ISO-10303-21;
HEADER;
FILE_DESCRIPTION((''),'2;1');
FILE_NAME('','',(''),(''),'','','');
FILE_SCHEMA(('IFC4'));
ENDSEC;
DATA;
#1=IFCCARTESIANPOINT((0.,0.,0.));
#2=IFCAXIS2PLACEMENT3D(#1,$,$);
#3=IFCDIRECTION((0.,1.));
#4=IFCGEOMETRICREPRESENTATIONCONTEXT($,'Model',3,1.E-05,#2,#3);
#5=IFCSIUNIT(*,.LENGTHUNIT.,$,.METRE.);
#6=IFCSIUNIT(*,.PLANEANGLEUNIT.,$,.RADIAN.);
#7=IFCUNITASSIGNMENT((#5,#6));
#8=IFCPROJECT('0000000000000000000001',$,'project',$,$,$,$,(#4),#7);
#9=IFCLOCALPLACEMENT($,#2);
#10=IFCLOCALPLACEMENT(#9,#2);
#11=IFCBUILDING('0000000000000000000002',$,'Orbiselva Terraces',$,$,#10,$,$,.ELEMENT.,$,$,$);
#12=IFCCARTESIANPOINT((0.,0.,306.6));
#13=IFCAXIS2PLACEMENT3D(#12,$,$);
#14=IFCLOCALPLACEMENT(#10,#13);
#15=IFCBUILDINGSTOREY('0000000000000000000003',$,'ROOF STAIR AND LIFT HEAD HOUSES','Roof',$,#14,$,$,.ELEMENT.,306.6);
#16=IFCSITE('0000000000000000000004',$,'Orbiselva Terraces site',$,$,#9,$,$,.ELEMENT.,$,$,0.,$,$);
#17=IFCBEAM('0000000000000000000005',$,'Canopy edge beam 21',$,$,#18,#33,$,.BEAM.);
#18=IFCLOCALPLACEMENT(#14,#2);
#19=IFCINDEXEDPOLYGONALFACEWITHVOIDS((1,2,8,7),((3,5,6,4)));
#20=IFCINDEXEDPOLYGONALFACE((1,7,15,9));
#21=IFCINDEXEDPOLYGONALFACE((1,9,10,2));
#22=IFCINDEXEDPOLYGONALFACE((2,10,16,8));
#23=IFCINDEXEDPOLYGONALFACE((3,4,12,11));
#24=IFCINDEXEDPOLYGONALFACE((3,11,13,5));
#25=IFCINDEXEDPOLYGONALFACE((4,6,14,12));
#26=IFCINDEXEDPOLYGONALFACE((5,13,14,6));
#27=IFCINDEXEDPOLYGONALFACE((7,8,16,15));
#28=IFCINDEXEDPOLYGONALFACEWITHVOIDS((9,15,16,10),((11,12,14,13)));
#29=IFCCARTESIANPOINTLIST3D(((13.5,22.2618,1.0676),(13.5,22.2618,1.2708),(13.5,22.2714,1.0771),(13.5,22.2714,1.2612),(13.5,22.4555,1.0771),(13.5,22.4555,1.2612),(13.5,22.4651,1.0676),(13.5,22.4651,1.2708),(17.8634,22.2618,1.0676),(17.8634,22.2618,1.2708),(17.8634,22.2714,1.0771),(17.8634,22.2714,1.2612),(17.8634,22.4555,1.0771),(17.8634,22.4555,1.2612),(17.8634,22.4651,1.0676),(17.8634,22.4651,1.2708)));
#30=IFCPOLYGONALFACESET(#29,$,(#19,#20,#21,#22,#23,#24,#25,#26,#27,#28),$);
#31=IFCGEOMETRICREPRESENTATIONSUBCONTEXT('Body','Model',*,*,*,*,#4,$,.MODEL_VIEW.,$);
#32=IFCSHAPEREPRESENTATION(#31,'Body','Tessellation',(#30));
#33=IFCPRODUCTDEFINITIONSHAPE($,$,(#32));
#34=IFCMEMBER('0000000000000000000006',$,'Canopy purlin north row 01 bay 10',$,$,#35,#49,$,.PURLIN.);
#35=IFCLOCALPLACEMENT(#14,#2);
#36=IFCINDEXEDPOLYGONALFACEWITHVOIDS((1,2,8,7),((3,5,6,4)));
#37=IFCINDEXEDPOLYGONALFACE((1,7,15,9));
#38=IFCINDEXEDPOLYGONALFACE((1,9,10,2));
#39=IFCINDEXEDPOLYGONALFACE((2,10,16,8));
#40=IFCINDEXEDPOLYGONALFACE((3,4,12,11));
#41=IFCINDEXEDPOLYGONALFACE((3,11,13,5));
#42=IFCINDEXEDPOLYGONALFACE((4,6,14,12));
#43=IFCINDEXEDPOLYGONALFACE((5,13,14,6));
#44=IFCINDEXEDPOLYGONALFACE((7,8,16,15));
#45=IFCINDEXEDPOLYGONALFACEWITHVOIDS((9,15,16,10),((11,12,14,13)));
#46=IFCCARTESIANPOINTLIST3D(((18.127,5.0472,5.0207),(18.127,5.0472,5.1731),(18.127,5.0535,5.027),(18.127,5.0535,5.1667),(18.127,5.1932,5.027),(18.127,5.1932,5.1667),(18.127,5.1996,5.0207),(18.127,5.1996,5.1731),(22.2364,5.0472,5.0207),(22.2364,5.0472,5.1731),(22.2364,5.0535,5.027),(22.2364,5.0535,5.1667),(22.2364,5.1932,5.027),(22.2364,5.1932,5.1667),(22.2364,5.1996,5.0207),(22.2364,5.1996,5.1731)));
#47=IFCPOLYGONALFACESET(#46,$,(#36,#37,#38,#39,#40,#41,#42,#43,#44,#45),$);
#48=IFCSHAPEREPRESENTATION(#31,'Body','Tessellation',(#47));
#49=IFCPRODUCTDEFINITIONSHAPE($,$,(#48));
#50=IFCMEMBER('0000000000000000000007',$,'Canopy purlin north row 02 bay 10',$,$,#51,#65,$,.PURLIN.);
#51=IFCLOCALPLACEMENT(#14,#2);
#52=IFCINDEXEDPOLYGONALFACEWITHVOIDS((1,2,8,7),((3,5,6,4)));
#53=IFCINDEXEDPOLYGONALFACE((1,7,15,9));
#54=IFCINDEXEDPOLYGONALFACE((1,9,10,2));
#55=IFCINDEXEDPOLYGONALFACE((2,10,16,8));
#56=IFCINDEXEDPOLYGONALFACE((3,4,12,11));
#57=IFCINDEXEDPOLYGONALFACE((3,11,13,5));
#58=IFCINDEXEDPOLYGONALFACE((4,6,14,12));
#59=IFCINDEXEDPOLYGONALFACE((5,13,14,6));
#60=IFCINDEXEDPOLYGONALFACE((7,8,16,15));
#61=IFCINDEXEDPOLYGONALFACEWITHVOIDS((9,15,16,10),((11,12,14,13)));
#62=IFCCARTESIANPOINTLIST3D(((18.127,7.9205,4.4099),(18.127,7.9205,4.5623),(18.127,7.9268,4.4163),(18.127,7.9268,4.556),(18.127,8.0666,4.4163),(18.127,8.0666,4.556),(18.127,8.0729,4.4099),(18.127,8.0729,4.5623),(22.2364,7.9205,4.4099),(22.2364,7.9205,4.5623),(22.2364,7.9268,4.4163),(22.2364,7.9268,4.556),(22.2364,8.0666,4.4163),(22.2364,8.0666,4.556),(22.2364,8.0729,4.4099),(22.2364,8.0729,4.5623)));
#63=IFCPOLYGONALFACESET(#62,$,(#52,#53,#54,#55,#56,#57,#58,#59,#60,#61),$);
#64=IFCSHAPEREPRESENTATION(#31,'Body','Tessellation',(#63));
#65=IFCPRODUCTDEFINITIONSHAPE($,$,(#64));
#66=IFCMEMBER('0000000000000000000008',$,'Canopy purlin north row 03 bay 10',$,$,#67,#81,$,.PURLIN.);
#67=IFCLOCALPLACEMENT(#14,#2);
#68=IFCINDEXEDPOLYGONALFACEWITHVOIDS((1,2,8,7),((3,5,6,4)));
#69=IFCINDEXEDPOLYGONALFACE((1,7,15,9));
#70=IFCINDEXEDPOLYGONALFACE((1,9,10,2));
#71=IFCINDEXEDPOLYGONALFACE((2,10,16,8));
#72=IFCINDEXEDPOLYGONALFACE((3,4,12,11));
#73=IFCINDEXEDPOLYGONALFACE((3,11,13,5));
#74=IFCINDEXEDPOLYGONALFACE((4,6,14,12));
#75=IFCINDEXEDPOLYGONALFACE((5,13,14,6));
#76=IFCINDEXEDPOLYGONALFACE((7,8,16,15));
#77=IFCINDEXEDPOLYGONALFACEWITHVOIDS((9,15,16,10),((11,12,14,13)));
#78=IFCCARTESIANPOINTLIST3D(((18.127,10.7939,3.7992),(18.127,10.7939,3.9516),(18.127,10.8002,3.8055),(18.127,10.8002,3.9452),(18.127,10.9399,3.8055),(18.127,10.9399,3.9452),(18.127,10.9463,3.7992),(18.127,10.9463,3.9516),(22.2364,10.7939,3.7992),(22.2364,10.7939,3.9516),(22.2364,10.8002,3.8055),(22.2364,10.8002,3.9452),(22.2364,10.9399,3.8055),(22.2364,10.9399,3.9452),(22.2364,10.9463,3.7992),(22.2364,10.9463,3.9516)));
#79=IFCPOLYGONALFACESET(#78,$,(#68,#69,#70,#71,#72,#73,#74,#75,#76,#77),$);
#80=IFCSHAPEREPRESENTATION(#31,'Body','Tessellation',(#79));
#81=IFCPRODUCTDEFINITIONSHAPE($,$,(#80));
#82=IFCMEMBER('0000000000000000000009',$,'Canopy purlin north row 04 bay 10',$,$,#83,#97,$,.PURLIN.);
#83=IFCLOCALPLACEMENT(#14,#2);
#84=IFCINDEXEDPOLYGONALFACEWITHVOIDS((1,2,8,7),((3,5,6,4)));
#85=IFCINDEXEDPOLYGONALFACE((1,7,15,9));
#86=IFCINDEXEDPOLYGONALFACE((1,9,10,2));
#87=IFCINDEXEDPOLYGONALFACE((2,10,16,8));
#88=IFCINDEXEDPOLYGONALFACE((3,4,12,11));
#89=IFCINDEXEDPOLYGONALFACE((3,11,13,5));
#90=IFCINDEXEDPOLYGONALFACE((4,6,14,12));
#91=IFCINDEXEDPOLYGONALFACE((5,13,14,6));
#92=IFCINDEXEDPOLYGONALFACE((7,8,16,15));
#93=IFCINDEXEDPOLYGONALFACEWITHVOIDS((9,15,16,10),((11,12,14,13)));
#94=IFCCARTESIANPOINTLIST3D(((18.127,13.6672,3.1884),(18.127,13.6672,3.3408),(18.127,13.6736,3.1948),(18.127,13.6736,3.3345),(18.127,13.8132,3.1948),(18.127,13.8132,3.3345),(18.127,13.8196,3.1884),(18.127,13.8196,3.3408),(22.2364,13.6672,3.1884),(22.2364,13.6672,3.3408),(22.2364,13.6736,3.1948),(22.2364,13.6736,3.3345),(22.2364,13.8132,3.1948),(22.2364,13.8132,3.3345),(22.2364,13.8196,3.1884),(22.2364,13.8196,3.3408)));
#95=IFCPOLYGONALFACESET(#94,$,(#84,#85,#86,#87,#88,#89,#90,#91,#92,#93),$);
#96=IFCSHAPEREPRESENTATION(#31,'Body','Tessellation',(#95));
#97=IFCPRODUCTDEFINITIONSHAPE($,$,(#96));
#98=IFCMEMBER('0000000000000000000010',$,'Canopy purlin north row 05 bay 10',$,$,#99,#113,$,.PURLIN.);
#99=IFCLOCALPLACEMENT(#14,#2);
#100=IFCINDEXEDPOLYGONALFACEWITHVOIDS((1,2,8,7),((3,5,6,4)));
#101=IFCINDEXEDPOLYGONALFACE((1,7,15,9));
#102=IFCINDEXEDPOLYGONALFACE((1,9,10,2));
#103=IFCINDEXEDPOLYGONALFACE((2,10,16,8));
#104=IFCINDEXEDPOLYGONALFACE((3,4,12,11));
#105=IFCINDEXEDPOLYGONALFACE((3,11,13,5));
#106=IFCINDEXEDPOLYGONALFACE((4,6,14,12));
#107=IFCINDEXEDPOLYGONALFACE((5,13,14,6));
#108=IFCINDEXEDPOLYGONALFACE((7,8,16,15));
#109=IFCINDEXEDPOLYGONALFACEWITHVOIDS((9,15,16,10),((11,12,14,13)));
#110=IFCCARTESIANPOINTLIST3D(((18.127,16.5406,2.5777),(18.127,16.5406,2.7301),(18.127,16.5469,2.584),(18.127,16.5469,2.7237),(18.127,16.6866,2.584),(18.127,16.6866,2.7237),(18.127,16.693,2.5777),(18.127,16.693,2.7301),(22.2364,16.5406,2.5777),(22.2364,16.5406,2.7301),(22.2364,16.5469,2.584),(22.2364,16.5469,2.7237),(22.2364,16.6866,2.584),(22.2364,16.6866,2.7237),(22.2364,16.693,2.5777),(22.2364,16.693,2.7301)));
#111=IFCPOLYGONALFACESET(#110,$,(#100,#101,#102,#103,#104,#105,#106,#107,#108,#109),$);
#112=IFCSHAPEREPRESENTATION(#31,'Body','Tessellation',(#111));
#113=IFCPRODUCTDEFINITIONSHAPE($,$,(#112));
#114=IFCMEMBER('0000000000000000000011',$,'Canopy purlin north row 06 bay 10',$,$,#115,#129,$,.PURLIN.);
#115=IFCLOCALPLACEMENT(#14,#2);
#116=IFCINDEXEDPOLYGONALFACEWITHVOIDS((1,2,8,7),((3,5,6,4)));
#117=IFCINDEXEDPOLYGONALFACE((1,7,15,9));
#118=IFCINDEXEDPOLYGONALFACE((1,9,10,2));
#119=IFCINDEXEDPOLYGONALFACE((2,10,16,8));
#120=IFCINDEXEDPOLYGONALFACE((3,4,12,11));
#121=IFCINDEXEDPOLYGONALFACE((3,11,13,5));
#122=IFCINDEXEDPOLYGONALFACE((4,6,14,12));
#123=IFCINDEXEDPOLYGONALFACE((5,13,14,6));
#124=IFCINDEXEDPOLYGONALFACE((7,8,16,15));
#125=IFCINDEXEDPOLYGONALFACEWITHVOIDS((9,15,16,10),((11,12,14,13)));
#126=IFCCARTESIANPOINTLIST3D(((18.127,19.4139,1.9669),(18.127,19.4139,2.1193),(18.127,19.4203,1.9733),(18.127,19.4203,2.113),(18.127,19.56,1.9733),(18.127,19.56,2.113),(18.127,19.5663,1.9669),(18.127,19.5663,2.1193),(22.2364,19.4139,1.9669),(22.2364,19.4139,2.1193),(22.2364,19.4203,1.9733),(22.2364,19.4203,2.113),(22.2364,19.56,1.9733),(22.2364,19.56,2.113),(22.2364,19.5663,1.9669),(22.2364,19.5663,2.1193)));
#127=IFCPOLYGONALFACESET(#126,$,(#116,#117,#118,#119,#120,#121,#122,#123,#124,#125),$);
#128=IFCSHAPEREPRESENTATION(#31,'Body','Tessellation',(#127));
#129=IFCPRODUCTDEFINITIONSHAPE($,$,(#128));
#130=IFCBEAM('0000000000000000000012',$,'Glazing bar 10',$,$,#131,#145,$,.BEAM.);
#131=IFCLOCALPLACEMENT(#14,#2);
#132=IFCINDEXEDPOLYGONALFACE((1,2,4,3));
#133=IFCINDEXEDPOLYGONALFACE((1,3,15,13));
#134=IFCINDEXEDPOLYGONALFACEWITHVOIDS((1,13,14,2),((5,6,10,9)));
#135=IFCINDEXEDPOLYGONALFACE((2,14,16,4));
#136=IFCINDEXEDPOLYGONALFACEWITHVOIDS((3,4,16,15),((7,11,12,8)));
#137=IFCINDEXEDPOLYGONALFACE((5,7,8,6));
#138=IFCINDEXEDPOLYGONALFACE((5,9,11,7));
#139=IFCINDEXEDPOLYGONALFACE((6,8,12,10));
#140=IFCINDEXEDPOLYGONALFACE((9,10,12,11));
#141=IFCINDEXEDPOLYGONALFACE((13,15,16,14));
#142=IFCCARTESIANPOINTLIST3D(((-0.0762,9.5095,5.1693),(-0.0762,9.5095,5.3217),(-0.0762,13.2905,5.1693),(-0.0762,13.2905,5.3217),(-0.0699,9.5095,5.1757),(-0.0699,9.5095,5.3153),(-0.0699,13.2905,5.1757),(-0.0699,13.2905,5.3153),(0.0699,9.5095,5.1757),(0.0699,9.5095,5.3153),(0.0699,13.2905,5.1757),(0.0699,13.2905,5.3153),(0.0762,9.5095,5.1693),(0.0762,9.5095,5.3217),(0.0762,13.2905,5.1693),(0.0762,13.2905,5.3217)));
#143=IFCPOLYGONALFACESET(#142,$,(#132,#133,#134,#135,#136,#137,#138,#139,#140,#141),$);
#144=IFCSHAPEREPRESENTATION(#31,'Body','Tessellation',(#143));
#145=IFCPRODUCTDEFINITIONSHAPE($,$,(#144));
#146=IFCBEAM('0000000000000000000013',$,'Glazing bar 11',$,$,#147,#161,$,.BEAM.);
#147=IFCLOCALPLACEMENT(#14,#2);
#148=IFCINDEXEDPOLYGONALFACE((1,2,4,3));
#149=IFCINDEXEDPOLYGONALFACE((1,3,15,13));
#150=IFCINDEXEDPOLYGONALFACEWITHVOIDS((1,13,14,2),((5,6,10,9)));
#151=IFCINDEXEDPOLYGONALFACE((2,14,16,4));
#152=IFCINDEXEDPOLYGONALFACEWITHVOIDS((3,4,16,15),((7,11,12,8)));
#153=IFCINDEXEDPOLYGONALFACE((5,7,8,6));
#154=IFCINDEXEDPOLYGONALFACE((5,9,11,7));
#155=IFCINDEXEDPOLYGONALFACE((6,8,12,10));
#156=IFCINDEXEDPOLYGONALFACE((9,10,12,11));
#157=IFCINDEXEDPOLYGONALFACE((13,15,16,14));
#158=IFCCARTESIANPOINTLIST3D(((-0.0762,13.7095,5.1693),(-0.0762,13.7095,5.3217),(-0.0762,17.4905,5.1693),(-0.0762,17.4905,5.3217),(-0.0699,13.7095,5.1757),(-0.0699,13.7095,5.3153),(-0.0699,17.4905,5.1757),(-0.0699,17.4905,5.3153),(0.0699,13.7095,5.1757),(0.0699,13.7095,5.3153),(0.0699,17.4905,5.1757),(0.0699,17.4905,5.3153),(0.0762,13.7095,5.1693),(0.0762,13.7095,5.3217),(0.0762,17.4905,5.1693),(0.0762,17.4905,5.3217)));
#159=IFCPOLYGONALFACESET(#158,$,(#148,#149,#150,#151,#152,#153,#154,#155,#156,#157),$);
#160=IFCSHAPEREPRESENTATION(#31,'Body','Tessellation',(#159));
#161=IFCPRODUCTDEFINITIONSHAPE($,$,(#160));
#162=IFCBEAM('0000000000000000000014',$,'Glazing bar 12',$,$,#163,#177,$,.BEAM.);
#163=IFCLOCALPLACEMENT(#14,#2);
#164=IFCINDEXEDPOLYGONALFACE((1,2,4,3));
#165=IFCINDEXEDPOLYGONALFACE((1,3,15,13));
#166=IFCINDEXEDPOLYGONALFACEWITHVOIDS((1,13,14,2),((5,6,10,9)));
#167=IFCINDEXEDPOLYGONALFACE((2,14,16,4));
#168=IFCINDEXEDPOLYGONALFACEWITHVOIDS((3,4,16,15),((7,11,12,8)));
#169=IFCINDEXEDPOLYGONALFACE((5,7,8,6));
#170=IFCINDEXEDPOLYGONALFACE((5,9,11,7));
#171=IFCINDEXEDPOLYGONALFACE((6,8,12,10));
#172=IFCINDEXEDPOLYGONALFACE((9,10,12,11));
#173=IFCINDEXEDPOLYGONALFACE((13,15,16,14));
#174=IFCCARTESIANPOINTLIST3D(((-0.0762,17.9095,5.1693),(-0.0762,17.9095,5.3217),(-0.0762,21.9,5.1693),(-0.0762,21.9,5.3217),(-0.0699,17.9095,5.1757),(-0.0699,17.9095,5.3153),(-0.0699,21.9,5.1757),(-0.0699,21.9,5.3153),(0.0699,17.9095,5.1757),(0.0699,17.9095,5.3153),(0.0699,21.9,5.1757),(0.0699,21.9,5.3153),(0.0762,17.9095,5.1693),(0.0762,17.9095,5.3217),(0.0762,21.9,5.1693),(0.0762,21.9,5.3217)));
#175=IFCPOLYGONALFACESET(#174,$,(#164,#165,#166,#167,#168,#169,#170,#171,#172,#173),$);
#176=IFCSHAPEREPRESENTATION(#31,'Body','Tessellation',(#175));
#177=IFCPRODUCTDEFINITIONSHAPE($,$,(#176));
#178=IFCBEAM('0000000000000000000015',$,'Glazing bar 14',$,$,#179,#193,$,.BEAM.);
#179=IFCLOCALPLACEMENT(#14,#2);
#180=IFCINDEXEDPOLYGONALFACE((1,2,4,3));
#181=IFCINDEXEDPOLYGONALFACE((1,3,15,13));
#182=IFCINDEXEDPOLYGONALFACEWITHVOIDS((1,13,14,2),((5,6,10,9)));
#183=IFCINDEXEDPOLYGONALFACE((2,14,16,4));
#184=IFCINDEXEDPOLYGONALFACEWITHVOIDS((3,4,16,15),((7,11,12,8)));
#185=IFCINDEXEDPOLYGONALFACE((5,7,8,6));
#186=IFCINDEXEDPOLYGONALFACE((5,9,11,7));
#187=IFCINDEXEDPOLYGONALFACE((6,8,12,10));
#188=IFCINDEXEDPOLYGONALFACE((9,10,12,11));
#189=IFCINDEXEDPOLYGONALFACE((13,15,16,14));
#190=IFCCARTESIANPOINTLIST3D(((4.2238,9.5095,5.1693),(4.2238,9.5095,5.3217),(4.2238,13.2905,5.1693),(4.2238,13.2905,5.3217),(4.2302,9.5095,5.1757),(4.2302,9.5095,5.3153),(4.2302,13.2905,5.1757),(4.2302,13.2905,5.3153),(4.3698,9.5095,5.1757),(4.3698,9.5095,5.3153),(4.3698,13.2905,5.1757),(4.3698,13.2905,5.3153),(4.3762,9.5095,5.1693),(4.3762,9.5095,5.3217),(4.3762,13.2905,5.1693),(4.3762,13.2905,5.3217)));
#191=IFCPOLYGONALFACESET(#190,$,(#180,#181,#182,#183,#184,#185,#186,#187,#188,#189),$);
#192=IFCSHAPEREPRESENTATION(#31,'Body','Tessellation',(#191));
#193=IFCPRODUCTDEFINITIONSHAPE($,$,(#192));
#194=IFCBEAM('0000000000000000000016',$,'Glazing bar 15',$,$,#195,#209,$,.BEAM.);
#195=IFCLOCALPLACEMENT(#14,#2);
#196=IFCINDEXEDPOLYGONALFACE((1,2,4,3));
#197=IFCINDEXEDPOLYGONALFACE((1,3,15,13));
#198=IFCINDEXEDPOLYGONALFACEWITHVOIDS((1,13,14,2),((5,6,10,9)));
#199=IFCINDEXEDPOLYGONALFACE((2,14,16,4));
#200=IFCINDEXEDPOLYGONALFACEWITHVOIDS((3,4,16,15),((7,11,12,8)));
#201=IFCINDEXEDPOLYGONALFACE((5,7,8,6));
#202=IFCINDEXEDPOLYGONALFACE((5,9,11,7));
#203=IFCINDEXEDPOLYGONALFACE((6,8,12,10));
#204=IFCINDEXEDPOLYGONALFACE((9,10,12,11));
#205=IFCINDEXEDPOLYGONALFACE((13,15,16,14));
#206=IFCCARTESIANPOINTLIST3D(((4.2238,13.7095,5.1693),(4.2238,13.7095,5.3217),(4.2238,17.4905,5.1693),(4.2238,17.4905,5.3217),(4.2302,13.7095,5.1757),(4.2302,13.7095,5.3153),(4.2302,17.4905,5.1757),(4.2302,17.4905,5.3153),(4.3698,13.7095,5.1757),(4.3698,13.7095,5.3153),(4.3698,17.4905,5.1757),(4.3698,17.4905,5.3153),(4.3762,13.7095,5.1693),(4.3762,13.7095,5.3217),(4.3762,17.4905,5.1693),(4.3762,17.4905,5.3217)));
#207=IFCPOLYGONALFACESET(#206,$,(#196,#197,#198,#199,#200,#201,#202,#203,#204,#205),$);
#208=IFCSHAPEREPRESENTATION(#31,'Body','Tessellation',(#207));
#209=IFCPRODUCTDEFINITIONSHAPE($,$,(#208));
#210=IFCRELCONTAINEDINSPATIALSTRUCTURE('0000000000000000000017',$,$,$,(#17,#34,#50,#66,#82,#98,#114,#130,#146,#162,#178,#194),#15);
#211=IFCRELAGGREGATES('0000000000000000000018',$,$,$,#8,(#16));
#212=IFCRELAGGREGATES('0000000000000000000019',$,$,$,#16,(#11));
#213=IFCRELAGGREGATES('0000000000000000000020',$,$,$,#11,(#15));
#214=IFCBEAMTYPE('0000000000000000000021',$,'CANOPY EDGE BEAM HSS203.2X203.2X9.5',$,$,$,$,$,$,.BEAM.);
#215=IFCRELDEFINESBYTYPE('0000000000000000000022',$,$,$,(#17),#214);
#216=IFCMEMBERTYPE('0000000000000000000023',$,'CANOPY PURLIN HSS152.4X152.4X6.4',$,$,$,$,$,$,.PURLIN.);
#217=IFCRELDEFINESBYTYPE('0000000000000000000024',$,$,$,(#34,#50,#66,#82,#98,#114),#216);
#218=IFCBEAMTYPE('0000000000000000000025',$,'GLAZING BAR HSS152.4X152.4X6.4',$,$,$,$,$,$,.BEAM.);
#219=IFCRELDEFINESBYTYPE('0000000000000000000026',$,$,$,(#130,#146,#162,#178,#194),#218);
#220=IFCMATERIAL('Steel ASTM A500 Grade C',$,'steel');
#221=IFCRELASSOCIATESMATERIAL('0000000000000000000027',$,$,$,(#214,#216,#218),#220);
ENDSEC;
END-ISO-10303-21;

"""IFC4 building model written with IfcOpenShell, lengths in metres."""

from ifc_helpers import new_model, si_unit, direction, frame, origin, origin_2d, place, context, subcontext, project, spatial, hollow_rectangle, extrude, material, material_profile, profile_set, type_object, element, save


model = new_model("IFC4")

# Units and contexts
model_context = context("Model", 3, precision=1e-05, world=origin(), true_north=direction((0.0, 1.0)))
body_context = subcontext(model_context, "Body", "Model", "MODEL_VIEW")
ifc_project = project(units=[si_unit("LENGTHUNIT", "METRE"), si_unit("PLANEANGLEUNIT", "RADIAN")], contexts=[model_context])

# Site, building, storey
site_placement = place(None, origin())
site = spatial("IfcSite", under=ifc_project, at=site_placement, Name="Orbiselva Terraces site", CompositionType="ELEMENT", RefElevation=0.0)
building_placement = place(site_placement, origin())
building = spatial("IfcBuilding", under=site, at=building_placement, Name="Orbiselva Terraces", CompositionType="ELEMENT")
storey_placement = place(building_placement, frame((0.0, 0.0, 306.6)))
storey = spatial("IfcBuildingStorey", under=building, at=storey_placement, Name="ROOF STAIR AND LIFT HEAD HOUSES", Description="Roof", CompositionType="ELEMENT", Elevation=306.6)

# Shared definitions
ifc_material = material(Name="Steel ASTM A500 Grade C", Category="steel")

# Beam
ifc_material_profile_1 = material_profile(ifc_material, hollow_rectangle(XDim=0.2032, YDim=0.2032, WallThickness=0.0095, at=origin_2d()), Name="HSS203.2X203.2X9.5")
ifc_profile_set_1 = profile_set([ifc_material_profile_1], Name="Steel ASTM A500 Grade C")
beam_type_1 = type_object("IfcBeamType", Name="CANOPY EDGE BEAM HSS203.2X203.2X9.5", PredefinedType="BEAM", material=ifc_profile_set_1)
beam_1_placement = place(storey_placement, frame((17.8635, 22.3635, 1.1692), z_axis=(-1.0, 0.0, 0.0), x_axis=(0.0, -1.0, 0.0)))
element("IfcBeam", 1, at=beam_1_placement, inside=storey, type_object=beam_type_1, Name="Canopy edge beam 21", PredefinedType="BEAM", context=body_context, shape_type="SweptSolid", body=[
    extrude(hollow_rectangle(XDim=0.2032, YDim=0.2032, WallThickness=0.0095, at=origin_2d()), origin(), (0.0, 0.0, 1.0), 4.3635),
])

# Members
ifc_material_profile_2 = material_profile(ifc_material, hollow_rectangle(XDim=0.1524, YDim=0.1524, WallThickness=0.0063, at=origin_2d()), Name="HSS152.4X152.4X6.4")
ifc_profile_set_2 = profile_set([ifc_material_profile_2], Name="Steel ASTM A500 Grade C")
member_type = type_object("IfcMemberType", Name="CANOPY PURLIN HSS152.4X152.4X6.4", PredefinedType="PURLIN", material=ifc_profile_set_2)
for number, where, z_axis, x_axis, name in (
    (2, (18.127, 5.1234, 5.0969), (1.0, 0.0, 0.0), (0.0, 1.0, 0.0), "Canopy purlin north row 01 bay 10"),
    (3, (18.127, 7.9967, 4.4861), (1.0, 0.0, 0.0), (0.0, 1.0, 0.0), "Canopy purlin north row 02 bay 10"),
    (4, (18.127, 10.8701, 3.8754), (1.0, 0.0, 0.0), (0.0, 1.0, 0.0), "Canopy purlin north row 03 bay 10"),
    (5, (18.127, 13.7434, 3.2646), (1.0, 0.0, 0.0), (0.0, 1.0, 0.0), "Canopy purlin north row 04 bay 10"),
    (6, (18.127, 16.6167, 2.6539), (1.0, 0.0, 0.0), (0.0, 1.0, 0.0), "Canopy purlin north row 05 bay 10"),
    (7, (18.127, 19.4901, 2.0431), (1.0, 0.0, 0.0), (0.0, 1.0, 0.0), "Canopy purlin north row 06 bay 10"),
):
    element("IfcMember", number, at=place(storey_placement, frame(where, z_axis=z_axis, x_axis=x_axis)), inside=storey, type_object=member_type, Name=name, PredefinedType="PURLIN", context=body_context, shape_type="SweptSolid", body=[
        extrude(hollow_rectangle(XDim=0.1524, YDim=0.1524, WallThickness=0.0063, at=origin_2d()), origin(), (0.0, 0.0, 1.0), 4.1094),
    ])

# Beams
ifc_material_profile_3 = material_profile(ifc_material, hollow_rectangle(XDim=0.1524, YDim=0.1524, WallThickness=0.0063, at=origin_2d()), Name="HSS152.4X152.4X6.4")
ifc_profile_set_3 = profile_set([ifc_material_profile_3], Name="Steel ASTM A500 Grade C")
beam_type_2 = type_object("IfcBeamType", Name="GLAZING BAR HSS152.4X152.4X6.4", PredefinedType="BEAM", material=ifc_profile_set_3)
for number, where, z_axis, x_axis, name in (
    (8, (0.0, 9.5095, 5.2455), (0.0, 1.0, 0.0), (-1.0, 0.0, 0.0), "Glazing bar 10"),
    (9, (0.0, 13.7095, 5.2455), (0.0, 1.0, 0.0), (-1.0, 0.0, 0.0), "Glazing bar 11"),
):
    element("IfcBeam", number, at=place(storey_placement, frame(where, z_axis=z_axis, x_axis=x_axis)), inside=storey, type_object=beam_type_2, Name=name, PredefinedType="BEAM", context=body_context, shape_type="SweptSolid", body=[
        extrude(hollow_rectangle(XDim=0.1524, YDim=0.1524, WallThickness=0.0063, at=origin_2d()), origin(), (0.0, 0.0, 1.0), 3.781),
    ])
beam_2_placement = place(storey_placement, frame((0.0, 17.9095, 5.2455), z_axis=(0.0, 1.0, 0.0), x_axis=(-1.0, 0.0, 0.0)))
element("IfcBeam", 10, at=beam_2_placement, inside=storey, type_object=beam_type_2, Name="Glazing bar 12", PredefinedType="BEAM", context=body_context, shape_type="SweptSolid", body=[
    extrude(hollow_rectangle(XDim=0.1524, YDim=0.1524, WallThickness=0.0063, at=origin_2d()), origin(), (0.0, 0.0, 1.0), 3.9905),
])
for number, where, z_axis, x_axis, name in (
    (11, (4.3, 9.5095, 5.2455), (0.0, 1.0, 0.0), (-1.0, 0.0, 0.0), "Glazing bar 14"),
    (12, (4.3, 13.7095, 5.2455), (0.0, 1.0, 0.0), (-1.0, 0.0, 0.0), "Glazing bar 15"),
):
    element("IfcBeam", number, at=place(storey_placement, frame(where, z_axis=z_axis, x_axis=x_axis)), inside=storey, type_object=beam_type_2, Name=name, PredefinedType="BEAM", context=body_context, shape_type="SweptSolid", body=[
        extrude(hollow_rectangle(XDim=0.1524, YDim=0.1524, WallThickness=0.0063, at=origin_2d()), origin(), (0.0, 0.0, 1.0), 3.781),
    ])

save(model, "model.ifc")
